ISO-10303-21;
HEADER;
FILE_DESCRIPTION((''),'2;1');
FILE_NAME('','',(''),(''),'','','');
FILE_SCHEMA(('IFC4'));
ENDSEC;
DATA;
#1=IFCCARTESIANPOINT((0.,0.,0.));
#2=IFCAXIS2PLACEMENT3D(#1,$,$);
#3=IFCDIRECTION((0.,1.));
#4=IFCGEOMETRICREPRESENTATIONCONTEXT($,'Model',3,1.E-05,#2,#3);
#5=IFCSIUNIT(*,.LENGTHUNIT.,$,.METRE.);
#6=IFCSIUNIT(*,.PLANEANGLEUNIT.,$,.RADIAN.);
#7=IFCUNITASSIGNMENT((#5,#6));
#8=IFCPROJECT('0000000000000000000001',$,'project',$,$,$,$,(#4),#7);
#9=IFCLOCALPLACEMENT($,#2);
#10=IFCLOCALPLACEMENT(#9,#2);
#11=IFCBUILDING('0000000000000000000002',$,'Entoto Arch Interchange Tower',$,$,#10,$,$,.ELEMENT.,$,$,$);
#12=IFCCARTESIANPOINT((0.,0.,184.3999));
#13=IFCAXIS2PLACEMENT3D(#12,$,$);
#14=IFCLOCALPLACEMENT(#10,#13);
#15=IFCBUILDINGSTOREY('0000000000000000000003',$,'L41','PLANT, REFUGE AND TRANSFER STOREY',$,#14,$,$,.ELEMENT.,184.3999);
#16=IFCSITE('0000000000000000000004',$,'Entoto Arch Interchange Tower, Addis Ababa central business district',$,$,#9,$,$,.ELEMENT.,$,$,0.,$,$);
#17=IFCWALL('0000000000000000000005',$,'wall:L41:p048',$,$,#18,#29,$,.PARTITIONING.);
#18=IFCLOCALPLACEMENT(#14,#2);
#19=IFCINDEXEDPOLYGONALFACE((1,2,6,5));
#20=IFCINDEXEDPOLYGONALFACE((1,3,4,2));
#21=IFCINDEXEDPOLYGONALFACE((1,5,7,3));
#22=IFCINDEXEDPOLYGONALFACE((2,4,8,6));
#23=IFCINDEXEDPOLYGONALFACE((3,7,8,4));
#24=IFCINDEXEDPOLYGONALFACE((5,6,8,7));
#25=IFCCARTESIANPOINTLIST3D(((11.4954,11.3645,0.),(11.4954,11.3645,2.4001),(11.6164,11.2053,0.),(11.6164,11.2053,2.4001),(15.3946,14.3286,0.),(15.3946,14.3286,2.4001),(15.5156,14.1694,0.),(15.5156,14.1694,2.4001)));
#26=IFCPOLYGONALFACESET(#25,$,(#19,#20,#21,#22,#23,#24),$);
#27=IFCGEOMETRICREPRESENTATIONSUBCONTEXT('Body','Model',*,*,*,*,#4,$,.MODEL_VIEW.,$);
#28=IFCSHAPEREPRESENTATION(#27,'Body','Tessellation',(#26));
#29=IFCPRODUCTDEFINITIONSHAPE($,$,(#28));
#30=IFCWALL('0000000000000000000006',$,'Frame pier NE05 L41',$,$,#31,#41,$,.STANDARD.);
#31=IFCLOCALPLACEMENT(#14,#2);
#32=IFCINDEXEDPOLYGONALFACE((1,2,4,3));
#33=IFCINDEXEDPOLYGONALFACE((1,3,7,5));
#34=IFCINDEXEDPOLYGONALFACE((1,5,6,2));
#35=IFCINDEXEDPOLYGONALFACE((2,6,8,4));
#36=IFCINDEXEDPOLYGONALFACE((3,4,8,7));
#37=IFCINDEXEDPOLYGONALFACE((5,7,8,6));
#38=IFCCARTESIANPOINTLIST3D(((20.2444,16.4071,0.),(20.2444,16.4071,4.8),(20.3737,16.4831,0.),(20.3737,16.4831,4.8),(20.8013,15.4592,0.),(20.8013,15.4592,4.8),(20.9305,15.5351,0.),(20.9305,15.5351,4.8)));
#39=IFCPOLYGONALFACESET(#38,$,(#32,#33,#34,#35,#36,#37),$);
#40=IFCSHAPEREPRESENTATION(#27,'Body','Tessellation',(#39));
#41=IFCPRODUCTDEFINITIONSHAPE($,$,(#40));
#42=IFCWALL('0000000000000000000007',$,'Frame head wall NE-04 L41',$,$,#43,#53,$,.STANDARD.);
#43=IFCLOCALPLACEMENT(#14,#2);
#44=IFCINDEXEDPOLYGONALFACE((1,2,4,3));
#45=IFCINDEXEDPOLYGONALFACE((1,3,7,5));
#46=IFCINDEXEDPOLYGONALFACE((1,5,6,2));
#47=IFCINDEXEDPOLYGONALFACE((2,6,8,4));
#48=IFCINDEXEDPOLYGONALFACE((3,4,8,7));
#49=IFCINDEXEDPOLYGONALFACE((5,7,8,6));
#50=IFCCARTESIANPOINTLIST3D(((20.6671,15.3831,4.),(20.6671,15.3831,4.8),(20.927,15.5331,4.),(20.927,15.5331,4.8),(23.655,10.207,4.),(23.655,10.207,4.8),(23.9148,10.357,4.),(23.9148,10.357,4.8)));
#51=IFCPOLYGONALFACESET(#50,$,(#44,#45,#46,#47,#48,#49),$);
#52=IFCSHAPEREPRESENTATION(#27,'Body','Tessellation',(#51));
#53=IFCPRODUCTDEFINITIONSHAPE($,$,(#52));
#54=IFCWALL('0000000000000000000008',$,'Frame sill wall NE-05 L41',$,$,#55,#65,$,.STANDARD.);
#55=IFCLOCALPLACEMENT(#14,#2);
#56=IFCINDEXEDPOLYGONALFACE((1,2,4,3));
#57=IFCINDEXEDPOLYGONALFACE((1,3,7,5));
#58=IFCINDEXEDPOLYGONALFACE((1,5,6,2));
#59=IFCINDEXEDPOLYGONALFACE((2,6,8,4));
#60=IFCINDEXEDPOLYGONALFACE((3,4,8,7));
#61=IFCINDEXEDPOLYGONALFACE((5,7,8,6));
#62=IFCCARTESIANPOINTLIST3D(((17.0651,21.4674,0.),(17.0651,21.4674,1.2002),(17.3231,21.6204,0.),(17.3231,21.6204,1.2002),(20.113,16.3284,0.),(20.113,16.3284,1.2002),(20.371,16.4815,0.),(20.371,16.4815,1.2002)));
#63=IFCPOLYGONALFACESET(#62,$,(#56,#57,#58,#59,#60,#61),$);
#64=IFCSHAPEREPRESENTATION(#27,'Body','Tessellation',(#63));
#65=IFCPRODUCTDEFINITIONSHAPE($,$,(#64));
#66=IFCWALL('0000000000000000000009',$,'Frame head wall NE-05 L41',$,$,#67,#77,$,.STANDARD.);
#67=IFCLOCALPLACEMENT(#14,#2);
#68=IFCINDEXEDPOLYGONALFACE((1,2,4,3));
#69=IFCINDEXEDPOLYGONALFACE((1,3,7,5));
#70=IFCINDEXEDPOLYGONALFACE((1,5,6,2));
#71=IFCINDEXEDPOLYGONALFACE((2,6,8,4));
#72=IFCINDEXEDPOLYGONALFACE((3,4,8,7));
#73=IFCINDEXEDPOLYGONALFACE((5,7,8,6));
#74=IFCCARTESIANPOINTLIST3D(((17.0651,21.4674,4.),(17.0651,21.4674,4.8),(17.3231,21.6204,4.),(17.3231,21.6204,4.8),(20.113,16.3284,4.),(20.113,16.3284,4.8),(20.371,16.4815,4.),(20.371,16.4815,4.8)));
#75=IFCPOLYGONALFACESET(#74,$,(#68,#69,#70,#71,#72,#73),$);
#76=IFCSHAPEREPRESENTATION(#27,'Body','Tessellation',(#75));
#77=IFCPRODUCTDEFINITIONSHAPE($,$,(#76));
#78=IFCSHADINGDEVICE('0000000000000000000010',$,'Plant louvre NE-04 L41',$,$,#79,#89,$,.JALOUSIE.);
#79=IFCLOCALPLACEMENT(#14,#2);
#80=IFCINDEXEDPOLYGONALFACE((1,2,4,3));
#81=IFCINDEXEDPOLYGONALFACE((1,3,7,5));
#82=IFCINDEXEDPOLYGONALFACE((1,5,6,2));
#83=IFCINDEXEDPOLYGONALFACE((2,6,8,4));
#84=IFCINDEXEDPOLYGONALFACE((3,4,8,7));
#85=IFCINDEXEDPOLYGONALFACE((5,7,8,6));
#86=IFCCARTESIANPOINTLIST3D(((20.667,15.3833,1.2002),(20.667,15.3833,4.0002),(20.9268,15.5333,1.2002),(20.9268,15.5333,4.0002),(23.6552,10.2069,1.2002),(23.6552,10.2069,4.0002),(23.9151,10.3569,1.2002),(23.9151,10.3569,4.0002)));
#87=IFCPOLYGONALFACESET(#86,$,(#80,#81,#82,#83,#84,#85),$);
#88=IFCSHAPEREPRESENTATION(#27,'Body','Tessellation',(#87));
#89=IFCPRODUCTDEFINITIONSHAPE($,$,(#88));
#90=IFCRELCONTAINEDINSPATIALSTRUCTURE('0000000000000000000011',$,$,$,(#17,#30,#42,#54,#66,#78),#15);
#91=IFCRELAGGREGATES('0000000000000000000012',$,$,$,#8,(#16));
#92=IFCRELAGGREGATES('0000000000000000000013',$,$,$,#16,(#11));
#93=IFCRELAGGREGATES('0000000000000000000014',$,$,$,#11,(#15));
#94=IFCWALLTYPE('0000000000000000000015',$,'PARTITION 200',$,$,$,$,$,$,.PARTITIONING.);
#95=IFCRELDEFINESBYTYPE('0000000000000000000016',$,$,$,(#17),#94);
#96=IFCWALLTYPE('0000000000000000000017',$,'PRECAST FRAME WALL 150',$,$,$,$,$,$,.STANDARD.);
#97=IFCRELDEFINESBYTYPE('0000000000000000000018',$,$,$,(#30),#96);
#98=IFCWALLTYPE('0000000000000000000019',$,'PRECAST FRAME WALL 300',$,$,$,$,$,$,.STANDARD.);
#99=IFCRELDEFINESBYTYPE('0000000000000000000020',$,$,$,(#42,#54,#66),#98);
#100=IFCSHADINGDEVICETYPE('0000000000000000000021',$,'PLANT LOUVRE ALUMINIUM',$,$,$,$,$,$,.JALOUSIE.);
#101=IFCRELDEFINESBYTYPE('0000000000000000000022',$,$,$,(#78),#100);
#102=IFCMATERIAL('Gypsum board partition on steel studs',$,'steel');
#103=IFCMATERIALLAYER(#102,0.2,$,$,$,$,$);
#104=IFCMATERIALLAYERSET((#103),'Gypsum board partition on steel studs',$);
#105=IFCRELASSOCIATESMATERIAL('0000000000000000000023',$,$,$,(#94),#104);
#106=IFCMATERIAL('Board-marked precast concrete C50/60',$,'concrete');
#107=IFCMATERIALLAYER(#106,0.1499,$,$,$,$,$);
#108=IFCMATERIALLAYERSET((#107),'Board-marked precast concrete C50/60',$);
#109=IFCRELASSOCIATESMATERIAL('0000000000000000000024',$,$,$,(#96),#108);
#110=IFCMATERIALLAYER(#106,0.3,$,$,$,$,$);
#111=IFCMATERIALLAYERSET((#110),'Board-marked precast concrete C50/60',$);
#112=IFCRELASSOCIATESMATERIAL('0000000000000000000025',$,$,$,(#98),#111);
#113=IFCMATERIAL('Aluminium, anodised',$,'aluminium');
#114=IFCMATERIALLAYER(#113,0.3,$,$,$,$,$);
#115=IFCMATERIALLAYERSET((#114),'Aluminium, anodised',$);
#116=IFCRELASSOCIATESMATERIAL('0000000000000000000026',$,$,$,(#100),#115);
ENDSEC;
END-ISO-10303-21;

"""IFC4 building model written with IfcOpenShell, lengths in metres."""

from ifc_helpers import new_model, si_unit, direction, frame, frame_2d, origin, origin_2d, place, context, subcontext, project, spatial, rectangle, extrude, material, layer, layer_set, type_object, element, save


model = new_model("IFC4")

# Units and contexts
model_context = context("Model", 3, precision=1e-05, world=origin(), true_north=direction((0.0, 1.0)))
body_context = subcontext(model_context, "Body", "Model", "MODEL_VIEW")
ifc_project = project(units=[si_unit("LENGTHUNIT", "METRE"), si_unit("PLANEANGLEUNIT", "RADIAN")], contexts=[model_context])

# Site, building, storey
site_placement = place(None, origin())
site = spatial("IfcSite", under=ifc_project, at=site_placement, Name="Entoto Arch Interchange Tower, Addis Ababa central business district", CompositionType="ELEMENT", RefElevation=0.0)
building_placement = place(site_placement, origin())
building = spatial("IfcBuilding", under=site, at=building_placement, Name="Entoto Arch Interchange Tower", CompositionType="ELEMENT")
storey_placement = place(building_placement, frame((0.0, 0.0, 184.3999)))
storey = spatial("IfcBuildingStorey", under=building, at=storey_placement, Name="L41", Description="PLANT, REFUGE AND TRANSFER STOREY", CompositionType="ELEMENT", Elevation=184.3999)

# Shared definitions
ifc_material_1 = material(Name="Gypsum board partition on steel studs", Category="steel")
ifc_layer_1 = layer(ifc_material_1, 0.2)
ifc_layer_set_1 = layer_set([ifc_layer_1], Name="Gypsum board partition on steel studs")
wall_type_1 = type_object("IfcWallType", Name="PARTITION 200", PredefinedType="PARTITIONING", material=ifc_layer_set_1)

# Walls
wall_1_placement = place(storey_placement, frame((15.4551, 14.249, 0.0), z_axis=(0.0, 0.0, 1.0), x_axis=(-0.796089, -0.605179, 0.0)))
element("IfcWall", 1, at=wall_1_placement, inside=storey, type_object=wall_type_1, Name="wall:L41:p048", PredefinedType="PARTITIONING", context=body_context, shape_type="SweptSolid", body=[
    extrude(rectangle(XDim=4.8979, YDim=0.2, at=frame_2d((2.449, 0.0))), origin(), (0.0, 0.0, 1.0), 2.4001),
])
ifc_material_2 = material(Name="Board-marked precast concrete C50/60", Category="concrete")
ifc_layer_2 = layer(ifc_material_2, 0.1499)
ifc_layer_set_2 = layer_set([ifc_layer_2], Name="Board-marked precast concrete C50/60")
wall_type_2 = type_object("IfcWallType", Name="PRECAST FRAME WALL 150", PredefinedType="STANDARD", material=ifc_layer_set_2)
wall_2_placement = place(storey_placement, frame((20.866, 15.4971, 0.0), z_axis=(0.0, 0.0, 1.0), x_axis=(-0.506506, 0.862237, 0.0)))
element("IfcWall", 2, at=wall_2_placement, inside=storey, type_object=wall_type_2, Name="Frame pier NE05 L41", PredefinedType="STANDARD", context=body_context, shape_type="SweptSolid", body=[
    extrude(rectangle(XDim=1.0994, YDim=0.1499, at=frame_2d((0.5498, 0.0))), origin(), (0.0, 0.0, 1.0), 4.8),
])
ifc_layer_3 = layer(ifc_material_2, 0.3)
ifc_layer_set_3 = layer_set([ifc_layer_3], Name="Board-marked precast concrete C50/60")
wall_type_3 = type_object("IfcWallType", Name="PRECAST FRAME WALL 300", PredefinedType="STANDARD", material=ifc_layer_set_3)
wall_3_placement = place(storey_placement, frame((23.7849, 10.282, 4.0), z_axis=(0.0, 0.0, 1.0), x_axis=(-0.499926, 0.866068, 0.0)))
element("IfcWall", 3, at=wall_3_placement, inside=storey, type_object=wall_type_3, Name="Frame head wall NE-04 L41", PredefinedType="STANDARD", context=body_context, shape_type="SweptSolid", body=[
    extrude(rectangle(XDim=5.9766, YDim=0.3, at=frame_2d((2.9883, 0.0))), origin(), (0.0, 0.0, 1.0), 0.8),
])
wall_4_placement = place(storey_placement, frame((20.2419, 16.405, 0.0), z_axis=(0.0, 0.0, 1.0), x_axis=(-0.51012, 0.860103, 0.0)))
element("IfcWall", 4, at=wall_4_placement, inside=storey, type_object=wall_type_3, Name="Frame sill wall NE-05 L41", PredefinedType="STANDARD", context=body_context, shape_type="SweptSolid", body=[
    extrude(rectangle(XDim=5.9749, YDim=0.3, at=frame_2d((2.9873, 0.0))), origin(), (0.0, 0.0, 1.0), 1.2002),
])
wall_5_placement = place(storey_placement, frame((20.2419, 16.405, 4.0), z_axis=(0.0, 0.0, 1.0), x_axis=(-0.51012, 0.860103, 0.0)))
element("IfcWall", 5, at=wall_5_placement, inside=storey, type_object=wall_type_3, Name="Frame head wall NE-05 L41", PredefinedType="STANDARD", context=body_context, shape_type="SweptSolid", body=[
    extrude(rectangle(XDim=5.9749, YDim=0.3, at=frame_2d((2.9873, 0.0))), origin(), (0.0, 0.0, 1.0), 0.8),
])

# Shading device
ifc_material_3 = material(Name="Aluminium, anodised", Category="aluminium")
ifc_layer_4 = layer(ifc_material_3, 0.3)
ifc_layer_set_4 = layer_set([ifc_layer_4], Name="Aluminium, anodised")
shading_device_type = type_object("IfcShadingDeviceType", Name="PLANT LOUVRE ALUMINIUM", PredefinedType="JALOUSIE", material=ifc_layer_set_4)
shading_device_placement = place(storey_placement, frame((22.291, 12.8701, 1.2002), z_axis=(0.0, 0.0, 1.0), x_axis=(-0.499955, 0.866052, 0.0)))
element("IfcShadingDevice", 6, at=shading_device_placement, inside=storey, type_object=shading_device_type, Name="Plant louvre NE-04 L41", PredefinedType="JALOUSIE", context=body_context, shape_type="SweptSolid", body=[
    extrude(rectangle(XDim=5.9771, YDim=0.3, at=origin_2d()), origin(), (0.0, 0.0, 1.0), 2.8),
])

save(model, "model.ifc")
